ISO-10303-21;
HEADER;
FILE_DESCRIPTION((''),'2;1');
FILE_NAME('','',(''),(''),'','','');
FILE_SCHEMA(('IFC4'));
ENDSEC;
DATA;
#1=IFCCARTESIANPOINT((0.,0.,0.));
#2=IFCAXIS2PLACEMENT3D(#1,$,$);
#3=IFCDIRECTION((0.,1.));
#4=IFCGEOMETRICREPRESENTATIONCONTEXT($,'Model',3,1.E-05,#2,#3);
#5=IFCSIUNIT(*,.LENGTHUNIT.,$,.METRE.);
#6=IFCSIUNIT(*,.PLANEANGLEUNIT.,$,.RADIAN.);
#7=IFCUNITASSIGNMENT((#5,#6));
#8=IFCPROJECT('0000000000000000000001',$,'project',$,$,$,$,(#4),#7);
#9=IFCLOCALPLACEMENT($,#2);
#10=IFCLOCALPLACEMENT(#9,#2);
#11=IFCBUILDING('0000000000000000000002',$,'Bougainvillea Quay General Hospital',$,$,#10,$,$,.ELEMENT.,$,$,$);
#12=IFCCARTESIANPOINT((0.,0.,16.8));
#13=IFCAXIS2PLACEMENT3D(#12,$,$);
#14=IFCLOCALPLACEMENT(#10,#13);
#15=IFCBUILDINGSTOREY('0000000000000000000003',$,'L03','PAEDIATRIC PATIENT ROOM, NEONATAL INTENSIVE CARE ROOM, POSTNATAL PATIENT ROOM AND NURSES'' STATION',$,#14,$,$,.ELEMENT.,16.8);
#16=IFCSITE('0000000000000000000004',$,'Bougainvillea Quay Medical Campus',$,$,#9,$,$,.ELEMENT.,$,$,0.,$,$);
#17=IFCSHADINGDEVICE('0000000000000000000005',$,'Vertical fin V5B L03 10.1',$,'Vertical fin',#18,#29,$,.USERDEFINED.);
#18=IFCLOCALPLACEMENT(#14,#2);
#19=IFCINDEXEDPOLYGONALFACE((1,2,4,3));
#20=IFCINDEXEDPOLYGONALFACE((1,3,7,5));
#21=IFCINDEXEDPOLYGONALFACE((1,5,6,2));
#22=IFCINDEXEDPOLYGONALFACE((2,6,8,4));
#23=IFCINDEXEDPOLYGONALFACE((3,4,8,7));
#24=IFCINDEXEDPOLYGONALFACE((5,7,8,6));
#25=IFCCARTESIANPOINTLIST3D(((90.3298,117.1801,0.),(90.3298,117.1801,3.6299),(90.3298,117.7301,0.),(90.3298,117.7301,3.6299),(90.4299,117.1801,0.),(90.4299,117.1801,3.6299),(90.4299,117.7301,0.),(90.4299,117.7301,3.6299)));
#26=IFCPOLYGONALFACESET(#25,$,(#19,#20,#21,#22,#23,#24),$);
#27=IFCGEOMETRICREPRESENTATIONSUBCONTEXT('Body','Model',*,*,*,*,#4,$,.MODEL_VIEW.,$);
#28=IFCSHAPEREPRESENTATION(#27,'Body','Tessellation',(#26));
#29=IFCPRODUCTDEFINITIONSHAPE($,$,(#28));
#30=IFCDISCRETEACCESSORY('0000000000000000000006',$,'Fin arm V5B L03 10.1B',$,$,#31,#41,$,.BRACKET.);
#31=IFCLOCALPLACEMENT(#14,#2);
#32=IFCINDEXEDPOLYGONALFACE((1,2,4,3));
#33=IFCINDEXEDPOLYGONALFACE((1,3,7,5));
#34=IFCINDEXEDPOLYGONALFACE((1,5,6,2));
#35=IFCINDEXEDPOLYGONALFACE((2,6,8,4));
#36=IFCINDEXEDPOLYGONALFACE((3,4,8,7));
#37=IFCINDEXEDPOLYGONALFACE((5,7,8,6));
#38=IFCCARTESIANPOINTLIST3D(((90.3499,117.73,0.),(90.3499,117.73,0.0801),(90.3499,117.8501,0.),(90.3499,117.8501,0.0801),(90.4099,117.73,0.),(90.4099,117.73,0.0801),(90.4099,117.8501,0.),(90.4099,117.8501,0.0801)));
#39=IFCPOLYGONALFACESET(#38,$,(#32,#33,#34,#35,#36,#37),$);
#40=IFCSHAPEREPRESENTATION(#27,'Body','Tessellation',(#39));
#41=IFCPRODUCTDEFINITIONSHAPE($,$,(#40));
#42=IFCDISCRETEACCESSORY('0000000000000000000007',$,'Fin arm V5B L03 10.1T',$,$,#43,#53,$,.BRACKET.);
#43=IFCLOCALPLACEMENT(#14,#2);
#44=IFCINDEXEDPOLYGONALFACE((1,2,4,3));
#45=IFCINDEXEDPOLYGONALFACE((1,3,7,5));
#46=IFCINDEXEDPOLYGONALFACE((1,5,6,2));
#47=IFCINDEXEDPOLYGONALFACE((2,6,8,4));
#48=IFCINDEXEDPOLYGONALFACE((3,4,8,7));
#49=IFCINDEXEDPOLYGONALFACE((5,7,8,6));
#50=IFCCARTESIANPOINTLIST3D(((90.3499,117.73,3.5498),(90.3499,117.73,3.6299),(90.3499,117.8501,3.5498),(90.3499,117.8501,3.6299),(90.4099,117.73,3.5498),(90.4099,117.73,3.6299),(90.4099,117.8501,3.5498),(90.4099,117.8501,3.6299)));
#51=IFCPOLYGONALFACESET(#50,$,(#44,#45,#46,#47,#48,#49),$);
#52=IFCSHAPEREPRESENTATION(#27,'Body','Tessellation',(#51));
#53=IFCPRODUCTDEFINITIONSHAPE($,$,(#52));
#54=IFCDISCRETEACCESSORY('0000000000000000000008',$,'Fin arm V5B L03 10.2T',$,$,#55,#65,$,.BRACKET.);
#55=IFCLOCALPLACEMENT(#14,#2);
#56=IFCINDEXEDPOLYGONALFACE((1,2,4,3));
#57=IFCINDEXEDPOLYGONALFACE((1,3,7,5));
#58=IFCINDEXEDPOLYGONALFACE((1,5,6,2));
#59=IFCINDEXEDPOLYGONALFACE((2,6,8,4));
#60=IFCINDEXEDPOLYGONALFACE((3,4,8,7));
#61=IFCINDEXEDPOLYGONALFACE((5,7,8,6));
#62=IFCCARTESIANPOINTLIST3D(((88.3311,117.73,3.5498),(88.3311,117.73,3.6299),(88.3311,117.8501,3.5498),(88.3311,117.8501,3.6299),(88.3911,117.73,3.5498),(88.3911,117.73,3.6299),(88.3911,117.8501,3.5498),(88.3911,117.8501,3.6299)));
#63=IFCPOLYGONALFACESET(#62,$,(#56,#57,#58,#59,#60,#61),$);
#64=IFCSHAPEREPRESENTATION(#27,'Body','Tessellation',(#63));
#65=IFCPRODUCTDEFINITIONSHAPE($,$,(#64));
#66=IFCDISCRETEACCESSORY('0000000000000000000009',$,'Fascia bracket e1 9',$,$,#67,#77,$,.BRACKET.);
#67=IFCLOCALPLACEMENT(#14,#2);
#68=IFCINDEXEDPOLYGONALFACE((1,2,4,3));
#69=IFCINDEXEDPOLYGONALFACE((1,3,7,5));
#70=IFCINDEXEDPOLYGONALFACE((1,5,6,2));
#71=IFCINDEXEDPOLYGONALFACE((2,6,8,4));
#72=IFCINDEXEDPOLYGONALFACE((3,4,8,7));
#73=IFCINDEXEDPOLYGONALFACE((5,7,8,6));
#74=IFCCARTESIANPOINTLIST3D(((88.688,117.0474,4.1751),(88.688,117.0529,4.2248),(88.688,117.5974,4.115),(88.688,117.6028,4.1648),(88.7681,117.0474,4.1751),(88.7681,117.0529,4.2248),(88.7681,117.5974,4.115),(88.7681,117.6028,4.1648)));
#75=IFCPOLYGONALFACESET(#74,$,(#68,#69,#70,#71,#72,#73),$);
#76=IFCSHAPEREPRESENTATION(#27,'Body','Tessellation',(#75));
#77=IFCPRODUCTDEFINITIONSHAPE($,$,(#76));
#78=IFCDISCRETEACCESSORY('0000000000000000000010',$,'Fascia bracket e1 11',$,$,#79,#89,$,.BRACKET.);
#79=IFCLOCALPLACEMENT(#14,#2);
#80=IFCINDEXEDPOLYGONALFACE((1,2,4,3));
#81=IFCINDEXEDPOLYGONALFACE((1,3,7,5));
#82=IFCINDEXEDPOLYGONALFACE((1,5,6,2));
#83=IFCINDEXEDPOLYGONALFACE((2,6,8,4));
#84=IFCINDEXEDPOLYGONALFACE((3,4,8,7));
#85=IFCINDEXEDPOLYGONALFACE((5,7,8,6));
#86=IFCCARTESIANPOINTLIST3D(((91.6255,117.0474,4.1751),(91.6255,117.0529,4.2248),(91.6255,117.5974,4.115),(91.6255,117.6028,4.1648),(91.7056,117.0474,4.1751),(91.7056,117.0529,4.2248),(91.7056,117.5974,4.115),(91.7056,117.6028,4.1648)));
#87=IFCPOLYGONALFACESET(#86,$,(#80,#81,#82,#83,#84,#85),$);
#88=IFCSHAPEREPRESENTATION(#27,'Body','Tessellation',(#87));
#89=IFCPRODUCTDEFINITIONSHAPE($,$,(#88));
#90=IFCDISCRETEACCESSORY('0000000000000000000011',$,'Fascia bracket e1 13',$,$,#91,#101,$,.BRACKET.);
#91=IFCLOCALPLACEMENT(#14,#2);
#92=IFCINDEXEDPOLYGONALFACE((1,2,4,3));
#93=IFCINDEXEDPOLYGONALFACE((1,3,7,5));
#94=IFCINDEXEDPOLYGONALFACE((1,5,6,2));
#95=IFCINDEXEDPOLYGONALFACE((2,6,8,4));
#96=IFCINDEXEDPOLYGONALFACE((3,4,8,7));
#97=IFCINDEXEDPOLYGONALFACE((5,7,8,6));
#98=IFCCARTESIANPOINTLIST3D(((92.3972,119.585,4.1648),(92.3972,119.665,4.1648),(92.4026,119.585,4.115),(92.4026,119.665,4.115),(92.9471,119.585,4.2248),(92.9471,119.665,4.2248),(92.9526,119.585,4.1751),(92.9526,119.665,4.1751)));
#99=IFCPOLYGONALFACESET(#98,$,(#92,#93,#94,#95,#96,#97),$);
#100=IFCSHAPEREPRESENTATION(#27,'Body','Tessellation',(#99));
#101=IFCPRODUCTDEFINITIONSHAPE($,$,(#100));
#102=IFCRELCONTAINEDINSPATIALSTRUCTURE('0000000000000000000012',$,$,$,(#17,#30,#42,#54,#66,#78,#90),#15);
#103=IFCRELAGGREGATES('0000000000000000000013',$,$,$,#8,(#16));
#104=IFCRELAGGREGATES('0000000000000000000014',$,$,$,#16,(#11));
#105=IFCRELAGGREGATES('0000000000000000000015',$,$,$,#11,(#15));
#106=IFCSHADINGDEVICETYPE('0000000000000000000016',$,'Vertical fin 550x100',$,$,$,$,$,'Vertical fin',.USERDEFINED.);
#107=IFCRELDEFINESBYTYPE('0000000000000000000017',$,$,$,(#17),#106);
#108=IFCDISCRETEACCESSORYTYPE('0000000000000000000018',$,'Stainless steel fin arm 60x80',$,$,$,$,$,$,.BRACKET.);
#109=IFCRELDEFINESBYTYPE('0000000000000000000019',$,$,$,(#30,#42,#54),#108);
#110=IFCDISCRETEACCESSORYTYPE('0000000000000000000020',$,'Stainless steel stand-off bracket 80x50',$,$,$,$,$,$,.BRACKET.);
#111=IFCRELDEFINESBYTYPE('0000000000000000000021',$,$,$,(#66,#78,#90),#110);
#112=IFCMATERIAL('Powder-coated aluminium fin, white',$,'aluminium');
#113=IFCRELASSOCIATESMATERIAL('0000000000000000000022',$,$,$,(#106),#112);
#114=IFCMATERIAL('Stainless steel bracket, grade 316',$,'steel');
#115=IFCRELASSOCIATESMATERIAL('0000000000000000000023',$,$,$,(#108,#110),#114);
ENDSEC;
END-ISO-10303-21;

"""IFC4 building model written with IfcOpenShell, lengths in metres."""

from ifc_helpers import new_model, si_unit, direction, frame, origin, origin_2d, place, context, subcontext, project, spatial, rectangle, extrude, material, material_profile, profile_set, type_object, element, save


model = new_model("IFC4")

# Units and contexts
model_context = context("Model", 3, precision=1e-05, world=origin(), true_north=direction((0.0, 1.0)))
body_context = subcontext(model_context, "Body", "Model", "MODEL_VIEW")
ifc_project = project(units=[si_unit("LENGTHUNIT", "METRE"), si_unit("PLANEANGLEUNIT", "RADIAN")], contexts=[model_context])

# Site, building, storey
site_placement = place(None, origin())
site = spatial("IfcSite", under=ifc_project, at=site_placement, Name="Bougainvillea Quay Medical Campus", CompositionType="ELEMENT", RefElevation=0.0)
building_placement = place(site_placement, origin())
building = spatial("IfcBuilding", under=site, at=building_placement, Name="Bougainvillea Quay General Hospital", CompositionType="ELEMENT")
storey_placement = place(building_placement, frame((0.0, 0.0, 16.8)))
storey = spatial("IfcBuildingStorey", under=building, at=storey_placement, Name="L03", Description="PAEDIATRIC PATIENT ROOM, NEONATAL INTENSIVE CARE ROOM, POSTNATAL PATIENT ROOM AND NURSES' STATION", CompositionType="ELEMENT", Elevation=16.8)

# Shading device
ifc_material_1 = material(Name="Powder-coated aluminium fin, white", Category="aluminium")
ifc_material_profile_1 = material_profile(ifc_material_1, rectangle(XDim=0.55, YDim=0.1001, at=origin_2d()))
ifc_profile_set_1 = profile_set([ifc_material_profile_1], Name="Powder-coated aluminium fin, white")
shading_device_type = type_object("IfcShadingDeviceType", Name="Vertical fin 550x100", ElementType="Vertical fin", PredefinedType="USERDEFINED", material=ifc_profile_set_1)
shading_device_placement = place(storey_placement, frame((90.3799, 117.4551, 0.0), z_axis=(0.0, 0.0, 1.0), x_axis=(0.0, -1.0, 0.0)))
element("IfcShadingDevice", 1, at=shading_device_placement, inside=storey, type_object=shading_device_type, Name="Vertical fin V5B L03 10.1", ObjectType="Vertical fin", PredefinedType="USERDEFINED", context=body_context, shape_type="SweptSolid", body=[
    extrude(rectangle(XDim=0.55, YDim=0.1001, at=origin_2d()), origin(), (0.0, 0.0, 1.0), 3.6299),
])

# Discrete accessories
ifc_material_2 = material(Name="Stainless steel bracket, grade 316", Category="steel")
discrete_accessory_type_1 = type_object("IfcDiscreteAccessoryType", Name="Stainless steel fin arm 60x80", PredefinedType="BRACKET", material=ifc_material_2)
for number, where, z_axis, x_axis, name in (
    (2, (90.3799, 117.79, 0.0), (0.0, 0.0, 1.0), (0.0, -1.0, 0.0), "Fin arm V5B L03 10.1B"),
    (3, (90.3799, 117.79, 3.5498), (0.0, 0.0, 1.0), (0.0, -1.0, 0.0), "Fin arm V5B L03 10.1T"),
    (4, (88.3611, 117.79, 3.5498), (0.0, 0.0, 1.0), (0.0, -1.0, 0.0), "Fin arm V5B L03 10.2T"),
):
    element("IfcDiscreteAccessory", number, at=place(storey_placement, frame(where, z_axis=z_axis, x_axis=x_axis)), inside=storey, type_object=discrete_accessory_type_1, Name=name, PredefinedType="BRACKET", context=body_context, shape_type="SweptSolid", body=[
        extrude(rectangle(XDim=0.1201, YDim=0.0601, at=origin_2d()), origin(), (0.0, 0.0, 1.0), 0.0801),
    ])
ifc_material_profile_2 = material_profile(ifc_material_2, rectangle(XDim=0.0801, YDim=0.05, at=origin_2d()))
ifc_profile_set_2 = profile_set([ifc_material_profile_2], Name="Stainless steel bracket, grade 316")
discrete_accessory_type_2 = type_object("IfcDiscreteAccessoryType", Name="Stainless steel stand-off bracket 80x50", PredefinedType="BRACKET", material=ifc_profile_set_2)
for number, where, z_axis, x_axis, name in (
    (5, (88.728, 117.6001, 4.1399), (0.0, -0.994092, 0.108543), (1.0, 0.0, 0.0), "Fascia bracket e1 9"),
    (6, (91.6655, 117.6001, 4.1399), (0.0, -0.994092, 0.108543), (1.0, 0.0, 0.0), "Fascia bracket e1 11"),
    (7, (92.3999, 119.625, 4.1399), (0.994092, 0.0, 0.108543), (0.0, 1.0, 0.0), "Fascia bracket e1 13"),
):
    element("IfcDiscreteAccessory", number, at=place(storey_placement, frame(where, z_axis=z_axis, x_axis=x_axis)), inside=storey, type_object=discrete_accessory_type_2, Name=name, PredefinedType="BRACKET", context=body_context, shape_type="SweptSolid", body=[
        extrude(rectangle(XDim=0.0801, YDim=0.05, at=origin_2d()), origin(), (0.0, 0.0, 1.0), 0.5532),
    ])

save(model, "model.ifc")
